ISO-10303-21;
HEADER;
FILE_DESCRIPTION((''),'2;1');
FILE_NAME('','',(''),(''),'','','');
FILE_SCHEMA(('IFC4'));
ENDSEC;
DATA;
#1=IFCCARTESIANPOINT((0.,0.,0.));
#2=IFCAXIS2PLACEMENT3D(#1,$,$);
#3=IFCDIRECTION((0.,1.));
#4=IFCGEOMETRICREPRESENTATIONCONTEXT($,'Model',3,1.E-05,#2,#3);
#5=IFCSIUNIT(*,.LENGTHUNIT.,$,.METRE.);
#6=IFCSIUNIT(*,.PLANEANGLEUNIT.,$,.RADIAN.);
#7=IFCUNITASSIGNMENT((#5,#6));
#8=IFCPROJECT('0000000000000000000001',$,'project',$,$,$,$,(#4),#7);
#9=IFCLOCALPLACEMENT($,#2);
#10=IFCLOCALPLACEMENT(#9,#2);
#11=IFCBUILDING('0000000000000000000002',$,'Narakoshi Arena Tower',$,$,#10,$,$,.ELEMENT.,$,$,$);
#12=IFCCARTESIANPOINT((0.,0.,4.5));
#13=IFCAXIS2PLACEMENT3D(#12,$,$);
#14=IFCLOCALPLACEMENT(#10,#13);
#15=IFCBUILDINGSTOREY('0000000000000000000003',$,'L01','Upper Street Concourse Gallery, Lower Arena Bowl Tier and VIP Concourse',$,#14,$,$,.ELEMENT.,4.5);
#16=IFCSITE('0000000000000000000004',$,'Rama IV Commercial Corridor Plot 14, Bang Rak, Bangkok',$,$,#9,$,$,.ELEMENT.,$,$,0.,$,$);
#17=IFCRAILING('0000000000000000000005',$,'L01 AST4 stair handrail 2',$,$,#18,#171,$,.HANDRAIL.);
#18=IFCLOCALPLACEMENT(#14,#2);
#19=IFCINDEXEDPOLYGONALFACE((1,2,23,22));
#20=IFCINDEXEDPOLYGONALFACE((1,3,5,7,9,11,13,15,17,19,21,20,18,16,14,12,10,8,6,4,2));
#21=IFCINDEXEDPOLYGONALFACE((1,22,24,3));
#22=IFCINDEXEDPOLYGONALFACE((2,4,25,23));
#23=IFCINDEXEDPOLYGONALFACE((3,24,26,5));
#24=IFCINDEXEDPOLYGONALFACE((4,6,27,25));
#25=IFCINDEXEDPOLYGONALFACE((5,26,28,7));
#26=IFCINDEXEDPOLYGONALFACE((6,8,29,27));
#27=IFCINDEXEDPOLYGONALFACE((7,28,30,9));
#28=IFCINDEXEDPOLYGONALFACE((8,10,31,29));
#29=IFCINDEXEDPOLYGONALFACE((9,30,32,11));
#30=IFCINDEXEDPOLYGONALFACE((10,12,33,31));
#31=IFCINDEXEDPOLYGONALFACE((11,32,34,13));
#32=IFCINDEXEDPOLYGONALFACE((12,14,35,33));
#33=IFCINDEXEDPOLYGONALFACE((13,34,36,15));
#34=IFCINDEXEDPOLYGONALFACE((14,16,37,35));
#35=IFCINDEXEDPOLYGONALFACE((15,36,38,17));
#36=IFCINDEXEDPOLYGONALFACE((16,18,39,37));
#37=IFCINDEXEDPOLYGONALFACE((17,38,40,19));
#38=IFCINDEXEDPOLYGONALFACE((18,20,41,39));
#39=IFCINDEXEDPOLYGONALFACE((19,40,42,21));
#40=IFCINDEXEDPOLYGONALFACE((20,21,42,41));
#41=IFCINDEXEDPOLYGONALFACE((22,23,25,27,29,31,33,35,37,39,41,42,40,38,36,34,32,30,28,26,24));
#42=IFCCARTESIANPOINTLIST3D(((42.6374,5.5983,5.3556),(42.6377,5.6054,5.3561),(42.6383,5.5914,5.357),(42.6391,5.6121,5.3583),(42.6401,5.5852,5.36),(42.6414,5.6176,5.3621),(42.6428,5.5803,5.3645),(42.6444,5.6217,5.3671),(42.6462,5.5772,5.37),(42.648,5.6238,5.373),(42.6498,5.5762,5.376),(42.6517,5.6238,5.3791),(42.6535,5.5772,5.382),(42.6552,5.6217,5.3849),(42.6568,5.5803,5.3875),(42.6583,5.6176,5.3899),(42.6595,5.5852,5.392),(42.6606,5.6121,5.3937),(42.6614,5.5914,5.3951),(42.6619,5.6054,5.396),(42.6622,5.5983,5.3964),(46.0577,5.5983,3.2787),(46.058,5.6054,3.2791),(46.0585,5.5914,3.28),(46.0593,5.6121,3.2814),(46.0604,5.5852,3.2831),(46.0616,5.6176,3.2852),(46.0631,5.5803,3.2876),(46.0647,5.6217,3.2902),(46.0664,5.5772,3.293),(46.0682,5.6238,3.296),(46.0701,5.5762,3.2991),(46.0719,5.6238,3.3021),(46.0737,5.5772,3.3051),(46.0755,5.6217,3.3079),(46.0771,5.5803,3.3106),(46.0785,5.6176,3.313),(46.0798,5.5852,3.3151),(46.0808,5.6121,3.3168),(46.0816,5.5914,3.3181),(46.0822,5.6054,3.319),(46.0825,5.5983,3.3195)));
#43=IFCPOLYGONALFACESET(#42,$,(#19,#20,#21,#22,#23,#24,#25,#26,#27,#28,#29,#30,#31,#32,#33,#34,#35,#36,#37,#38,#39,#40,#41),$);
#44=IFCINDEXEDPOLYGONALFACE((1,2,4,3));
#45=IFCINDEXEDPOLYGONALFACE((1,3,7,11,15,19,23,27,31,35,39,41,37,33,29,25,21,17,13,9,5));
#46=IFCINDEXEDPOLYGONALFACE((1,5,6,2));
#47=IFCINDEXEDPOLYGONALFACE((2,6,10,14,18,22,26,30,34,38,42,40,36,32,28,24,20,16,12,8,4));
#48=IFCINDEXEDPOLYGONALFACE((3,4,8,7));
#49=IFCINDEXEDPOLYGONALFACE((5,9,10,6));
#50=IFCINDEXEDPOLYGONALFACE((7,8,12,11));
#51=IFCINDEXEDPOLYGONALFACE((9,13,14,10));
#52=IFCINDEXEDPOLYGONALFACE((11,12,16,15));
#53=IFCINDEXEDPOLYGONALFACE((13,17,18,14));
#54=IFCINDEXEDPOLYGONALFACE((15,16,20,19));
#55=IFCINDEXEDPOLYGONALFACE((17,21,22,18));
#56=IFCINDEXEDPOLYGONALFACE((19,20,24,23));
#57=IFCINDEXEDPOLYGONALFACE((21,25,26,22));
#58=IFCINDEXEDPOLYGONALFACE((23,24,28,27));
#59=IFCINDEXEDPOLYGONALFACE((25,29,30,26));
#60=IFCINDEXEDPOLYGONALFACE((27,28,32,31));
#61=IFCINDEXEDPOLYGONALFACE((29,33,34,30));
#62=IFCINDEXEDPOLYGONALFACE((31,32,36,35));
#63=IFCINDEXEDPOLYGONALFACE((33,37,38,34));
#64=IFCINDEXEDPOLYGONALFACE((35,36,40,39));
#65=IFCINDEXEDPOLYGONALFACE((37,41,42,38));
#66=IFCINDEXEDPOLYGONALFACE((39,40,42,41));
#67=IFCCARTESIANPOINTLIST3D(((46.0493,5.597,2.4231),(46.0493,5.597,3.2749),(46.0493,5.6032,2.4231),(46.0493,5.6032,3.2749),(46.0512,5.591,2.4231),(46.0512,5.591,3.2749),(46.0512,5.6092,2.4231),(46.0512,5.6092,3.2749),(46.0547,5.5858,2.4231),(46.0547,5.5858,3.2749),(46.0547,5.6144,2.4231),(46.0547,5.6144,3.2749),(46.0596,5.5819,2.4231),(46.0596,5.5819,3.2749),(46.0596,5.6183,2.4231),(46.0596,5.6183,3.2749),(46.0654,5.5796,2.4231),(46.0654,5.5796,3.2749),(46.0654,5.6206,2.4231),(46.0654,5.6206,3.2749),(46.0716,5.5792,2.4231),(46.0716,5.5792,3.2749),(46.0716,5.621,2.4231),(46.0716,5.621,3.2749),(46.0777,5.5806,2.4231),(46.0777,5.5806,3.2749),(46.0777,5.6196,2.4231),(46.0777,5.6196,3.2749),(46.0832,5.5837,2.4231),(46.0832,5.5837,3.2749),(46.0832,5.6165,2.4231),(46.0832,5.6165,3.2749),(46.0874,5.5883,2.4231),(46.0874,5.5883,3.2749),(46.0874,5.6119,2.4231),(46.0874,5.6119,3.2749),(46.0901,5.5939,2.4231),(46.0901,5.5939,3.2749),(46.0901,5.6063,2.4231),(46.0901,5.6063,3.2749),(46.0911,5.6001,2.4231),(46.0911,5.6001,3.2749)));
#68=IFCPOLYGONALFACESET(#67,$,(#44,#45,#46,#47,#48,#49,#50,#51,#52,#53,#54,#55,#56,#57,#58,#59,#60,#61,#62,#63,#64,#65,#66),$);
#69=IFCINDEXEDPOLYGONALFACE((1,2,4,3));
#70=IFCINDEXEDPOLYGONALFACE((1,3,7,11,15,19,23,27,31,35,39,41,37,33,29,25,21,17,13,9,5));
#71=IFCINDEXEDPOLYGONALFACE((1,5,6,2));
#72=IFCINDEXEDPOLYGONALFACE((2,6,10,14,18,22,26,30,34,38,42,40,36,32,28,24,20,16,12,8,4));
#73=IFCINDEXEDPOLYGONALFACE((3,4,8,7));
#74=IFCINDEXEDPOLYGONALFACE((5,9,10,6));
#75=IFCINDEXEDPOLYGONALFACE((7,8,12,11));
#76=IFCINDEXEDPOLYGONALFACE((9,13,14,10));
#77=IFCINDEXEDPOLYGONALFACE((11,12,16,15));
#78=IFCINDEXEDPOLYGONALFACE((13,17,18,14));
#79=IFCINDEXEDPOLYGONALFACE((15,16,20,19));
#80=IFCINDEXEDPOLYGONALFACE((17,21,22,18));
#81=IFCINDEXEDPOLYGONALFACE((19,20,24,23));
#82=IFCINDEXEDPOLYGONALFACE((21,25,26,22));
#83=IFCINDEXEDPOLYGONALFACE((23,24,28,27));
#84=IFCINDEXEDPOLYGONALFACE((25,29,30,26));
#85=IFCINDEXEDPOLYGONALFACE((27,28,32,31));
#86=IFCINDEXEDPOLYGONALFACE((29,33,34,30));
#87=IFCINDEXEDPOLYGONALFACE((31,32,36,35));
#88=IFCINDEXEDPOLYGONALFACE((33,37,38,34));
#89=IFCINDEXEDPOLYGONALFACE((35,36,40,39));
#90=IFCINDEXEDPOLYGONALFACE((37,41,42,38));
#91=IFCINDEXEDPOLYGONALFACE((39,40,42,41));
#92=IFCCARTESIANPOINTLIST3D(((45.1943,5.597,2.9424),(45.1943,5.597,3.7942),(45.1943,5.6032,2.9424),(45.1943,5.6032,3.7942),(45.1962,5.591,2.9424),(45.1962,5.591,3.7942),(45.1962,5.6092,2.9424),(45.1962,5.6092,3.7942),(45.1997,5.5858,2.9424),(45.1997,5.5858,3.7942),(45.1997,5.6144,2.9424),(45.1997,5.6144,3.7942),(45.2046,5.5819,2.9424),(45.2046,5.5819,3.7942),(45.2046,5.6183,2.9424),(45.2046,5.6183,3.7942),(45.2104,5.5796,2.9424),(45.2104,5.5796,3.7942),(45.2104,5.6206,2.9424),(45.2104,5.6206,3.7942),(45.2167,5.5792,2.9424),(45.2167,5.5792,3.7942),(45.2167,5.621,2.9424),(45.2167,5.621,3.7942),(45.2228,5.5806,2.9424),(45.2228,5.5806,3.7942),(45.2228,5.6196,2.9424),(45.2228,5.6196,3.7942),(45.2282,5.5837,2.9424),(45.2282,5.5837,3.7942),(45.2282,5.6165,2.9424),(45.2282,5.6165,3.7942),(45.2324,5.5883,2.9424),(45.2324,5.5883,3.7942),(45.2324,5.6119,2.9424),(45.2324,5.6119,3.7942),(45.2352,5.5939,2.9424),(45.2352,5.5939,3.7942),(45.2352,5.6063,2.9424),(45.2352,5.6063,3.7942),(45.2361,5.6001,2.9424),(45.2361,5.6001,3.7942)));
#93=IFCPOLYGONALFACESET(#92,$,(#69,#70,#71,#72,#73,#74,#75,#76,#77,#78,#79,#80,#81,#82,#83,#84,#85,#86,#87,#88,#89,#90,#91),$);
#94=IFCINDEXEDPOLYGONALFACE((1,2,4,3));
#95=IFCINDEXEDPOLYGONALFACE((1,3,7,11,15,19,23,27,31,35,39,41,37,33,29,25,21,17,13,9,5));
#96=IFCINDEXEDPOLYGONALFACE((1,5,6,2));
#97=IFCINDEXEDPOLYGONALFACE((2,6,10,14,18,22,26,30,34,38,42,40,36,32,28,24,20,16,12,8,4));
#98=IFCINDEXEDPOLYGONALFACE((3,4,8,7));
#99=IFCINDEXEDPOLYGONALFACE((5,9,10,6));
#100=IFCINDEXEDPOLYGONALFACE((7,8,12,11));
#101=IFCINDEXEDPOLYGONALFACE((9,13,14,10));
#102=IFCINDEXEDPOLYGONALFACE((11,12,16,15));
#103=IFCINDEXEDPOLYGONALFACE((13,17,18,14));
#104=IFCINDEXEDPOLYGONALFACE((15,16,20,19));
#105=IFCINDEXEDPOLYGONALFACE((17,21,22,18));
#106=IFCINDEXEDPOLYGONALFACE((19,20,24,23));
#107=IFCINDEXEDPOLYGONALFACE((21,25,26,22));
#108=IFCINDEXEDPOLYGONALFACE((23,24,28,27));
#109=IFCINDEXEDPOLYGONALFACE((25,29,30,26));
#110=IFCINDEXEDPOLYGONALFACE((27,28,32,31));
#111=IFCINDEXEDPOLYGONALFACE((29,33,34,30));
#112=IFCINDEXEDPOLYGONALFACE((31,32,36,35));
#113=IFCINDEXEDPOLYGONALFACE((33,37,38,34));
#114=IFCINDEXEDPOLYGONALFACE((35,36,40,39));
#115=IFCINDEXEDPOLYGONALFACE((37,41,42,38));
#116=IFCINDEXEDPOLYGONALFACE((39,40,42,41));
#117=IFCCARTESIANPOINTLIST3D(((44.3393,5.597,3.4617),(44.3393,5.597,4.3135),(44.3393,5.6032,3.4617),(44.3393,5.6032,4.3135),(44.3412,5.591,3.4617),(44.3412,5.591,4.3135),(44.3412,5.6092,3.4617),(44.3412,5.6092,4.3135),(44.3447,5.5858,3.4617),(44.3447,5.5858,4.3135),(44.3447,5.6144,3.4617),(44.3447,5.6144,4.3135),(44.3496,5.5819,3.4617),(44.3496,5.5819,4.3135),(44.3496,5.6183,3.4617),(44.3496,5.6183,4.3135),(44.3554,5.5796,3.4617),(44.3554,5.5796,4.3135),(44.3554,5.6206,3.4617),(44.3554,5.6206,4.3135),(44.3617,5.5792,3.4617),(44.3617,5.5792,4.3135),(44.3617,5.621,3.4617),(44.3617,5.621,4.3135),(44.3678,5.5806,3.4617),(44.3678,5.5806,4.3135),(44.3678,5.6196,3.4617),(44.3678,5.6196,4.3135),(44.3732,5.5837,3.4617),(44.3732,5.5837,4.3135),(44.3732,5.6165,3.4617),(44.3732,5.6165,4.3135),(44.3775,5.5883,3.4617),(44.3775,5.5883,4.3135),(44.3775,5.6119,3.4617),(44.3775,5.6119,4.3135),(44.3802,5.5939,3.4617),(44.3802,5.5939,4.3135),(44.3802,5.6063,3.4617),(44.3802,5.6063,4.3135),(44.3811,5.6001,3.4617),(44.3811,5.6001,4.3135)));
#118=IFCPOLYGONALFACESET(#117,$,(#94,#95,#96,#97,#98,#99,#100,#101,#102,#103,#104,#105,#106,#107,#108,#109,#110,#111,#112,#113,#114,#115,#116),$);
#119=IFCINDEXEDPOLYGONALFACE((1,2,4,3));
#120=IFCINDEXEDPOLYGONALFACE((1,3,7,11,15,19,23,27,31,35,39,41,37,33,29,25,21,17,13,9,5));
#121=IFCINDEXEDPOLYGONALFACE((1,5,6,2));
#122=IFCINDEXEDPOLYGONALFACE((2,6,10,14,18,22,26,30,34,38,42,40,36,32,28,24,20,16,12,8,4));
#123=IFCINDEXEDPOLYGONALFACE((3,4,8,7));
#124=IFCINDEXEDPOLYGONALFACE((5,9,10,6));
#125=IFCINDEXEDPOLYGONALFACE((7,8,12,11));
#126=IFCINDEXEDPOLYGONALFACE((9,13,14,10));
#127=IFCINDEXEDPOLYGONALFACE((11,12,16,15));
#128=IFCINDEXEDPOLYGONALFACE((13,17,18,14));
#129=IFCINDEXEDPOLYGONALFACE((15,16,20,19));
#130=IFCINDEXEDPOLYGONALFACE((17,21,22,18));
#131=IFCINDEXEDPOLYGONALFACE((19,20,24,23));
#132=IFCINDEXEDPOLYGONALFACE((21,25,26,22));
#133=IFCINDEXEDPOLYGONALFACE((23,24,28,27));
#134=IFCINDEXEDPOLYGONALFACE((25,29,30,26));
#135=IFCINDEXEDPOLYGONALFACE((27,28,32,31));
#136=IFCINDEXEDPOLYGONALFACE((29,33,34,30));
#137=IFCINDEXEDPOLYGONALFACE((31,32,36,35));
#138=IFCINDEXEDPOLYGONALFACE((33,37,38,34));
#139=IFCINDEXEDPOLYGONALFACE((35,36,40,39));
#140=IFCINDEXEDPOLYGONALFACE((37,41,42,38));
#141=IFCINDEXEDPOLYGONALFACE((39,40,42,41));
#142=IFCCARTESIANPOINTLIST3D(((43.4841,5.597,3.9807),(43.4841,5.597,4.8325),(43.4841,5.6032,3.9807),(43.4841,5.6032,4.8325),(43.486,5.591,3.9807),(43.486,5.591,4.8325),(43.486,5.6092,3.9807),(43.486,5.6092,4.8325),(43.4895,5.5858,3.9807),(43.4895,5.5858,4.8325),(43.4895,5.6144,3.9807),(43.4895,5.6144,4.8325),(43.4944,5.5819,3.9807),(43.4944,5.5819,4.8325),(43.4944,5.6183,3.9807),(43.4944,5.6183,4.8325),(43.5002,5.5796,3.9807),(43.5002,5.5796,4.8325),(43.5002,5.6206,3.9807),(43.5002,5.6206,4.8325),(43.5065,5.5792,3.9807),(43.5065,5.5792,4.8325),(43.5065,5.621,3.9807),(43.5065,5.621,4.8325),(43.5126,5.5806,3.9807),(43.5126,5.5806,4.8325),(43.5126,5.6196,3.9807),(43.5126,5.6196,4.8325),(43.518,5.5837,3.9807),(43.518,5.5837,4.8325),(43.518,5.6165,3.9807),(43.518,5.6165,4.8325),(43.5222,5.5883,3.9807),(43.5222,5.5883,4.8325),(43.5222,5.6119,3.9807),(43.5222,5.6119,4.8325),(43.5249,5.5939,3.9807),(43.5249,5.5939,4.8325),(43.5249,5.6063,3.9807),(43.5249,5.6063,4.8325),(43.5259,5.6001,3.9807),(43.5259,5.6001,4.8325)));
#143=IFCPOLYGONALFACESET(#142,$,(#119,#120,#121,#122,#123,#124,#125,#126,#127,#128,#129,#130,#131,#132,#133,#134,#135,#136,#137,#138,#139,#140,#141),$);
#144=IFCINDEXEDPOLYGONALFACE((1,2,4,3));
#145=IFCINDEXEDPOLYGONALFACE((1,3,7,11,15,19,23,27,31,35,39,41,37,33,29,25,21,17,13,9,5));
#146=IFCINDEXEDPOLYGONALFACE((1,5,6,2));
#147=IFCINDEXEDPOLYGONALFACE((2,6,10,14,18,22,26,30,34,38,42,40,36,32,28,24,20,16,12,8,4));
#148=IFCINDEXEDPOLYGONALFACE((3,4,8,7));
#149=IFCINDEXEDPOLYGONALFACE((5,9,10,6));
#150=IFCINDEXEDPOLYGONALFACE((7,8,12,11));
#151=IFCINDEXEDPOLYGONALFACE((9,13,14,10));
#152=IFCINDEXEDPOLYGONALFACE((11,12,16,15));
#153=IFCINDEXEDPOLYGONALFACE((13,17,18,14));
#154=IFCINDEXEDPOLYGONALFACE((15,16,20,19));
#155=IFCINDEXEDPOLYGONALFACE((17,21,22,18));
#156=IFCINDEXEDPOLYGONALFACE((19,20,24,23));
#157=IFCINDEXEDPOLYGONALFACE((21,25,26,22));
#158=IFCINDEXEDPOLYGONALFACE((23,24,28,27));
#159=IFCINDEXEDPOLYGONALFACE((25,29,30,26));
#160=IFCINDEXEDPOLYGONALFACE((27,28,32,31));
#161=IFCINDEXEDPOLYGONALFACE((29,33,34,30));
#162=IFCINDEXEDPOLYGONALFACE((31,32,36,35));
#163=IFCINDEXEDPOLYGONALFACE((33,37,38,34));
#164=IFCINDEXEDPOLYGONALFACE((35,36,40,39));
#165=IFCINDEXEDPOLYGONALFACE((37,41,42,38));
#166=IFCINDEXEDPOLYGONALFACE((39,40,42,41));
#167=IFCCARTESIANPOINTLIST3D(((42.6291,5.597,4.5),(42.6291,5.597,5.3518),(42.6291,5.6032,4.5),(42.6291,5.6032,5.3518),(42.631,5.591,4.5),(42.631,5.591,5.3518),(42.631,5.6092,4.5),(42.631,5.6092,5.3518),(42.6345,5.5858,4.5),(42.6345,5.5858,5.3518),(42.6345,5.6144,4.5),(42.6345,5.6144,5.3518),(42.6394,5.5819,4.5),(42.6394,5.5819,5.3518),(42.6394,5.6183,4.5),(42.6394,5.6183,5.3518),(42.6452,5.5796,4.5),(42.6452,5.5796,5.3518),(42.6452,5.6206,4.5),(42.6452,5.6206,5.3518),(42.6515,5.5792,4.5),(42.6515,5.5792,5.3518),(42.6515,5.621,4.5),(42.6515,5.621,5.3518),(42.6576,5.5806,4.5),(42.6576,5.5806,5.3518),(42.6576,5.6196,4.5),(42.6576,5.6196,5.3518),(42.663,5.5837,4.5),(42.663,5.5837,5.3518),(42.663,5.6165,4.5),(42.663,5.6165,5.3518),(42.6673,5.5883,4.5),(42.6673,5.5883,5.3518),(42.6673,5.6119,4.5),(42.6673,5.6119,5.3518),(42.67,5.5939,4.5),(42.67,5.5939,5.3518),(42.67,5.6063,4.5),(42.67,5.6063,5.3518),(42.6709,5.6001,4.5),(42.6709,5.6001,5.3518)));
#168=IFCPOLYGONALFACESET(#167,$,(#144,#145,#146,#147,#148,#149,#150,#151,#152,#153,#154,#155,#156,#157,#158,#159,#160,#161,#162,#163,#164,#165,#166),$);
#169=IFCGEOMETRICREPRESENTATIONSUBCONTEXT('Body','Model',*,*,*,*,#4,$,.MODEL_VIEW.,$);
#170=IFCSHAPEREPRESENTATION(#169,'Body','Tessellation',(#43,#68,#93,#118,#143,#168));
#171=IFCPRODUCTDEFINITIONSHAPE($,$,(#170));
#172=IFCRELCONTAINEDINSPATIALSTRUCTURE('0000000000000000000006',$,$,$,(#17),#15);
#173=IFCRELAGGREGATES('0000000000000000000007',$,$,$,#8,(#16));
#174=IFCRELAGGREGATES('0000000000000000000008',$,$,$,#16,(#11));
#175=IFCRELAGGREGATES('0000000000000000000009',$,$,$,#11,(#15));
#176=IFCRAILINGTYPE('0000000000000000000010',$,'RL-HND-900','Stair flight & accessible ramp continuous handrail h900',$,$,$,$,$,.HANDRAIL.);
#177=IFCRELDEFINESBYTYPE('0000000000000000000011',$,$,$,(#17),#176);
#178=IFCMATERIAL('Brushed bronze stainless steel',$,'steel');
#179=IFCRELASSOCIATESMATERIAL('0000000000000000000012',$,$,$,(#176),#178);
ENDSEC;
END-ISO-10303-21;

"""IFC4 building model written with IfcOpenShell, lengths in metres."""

from ifc_helpers import new_model, si_unit, direction, frame, origin, origin_2d, place, context, subcontext, project, spatial, circle, extrude, material, type_object, element, save


model = new_model("IFC4")

# Units and contexts
model_context = context("Model", 3, precision=1e-05, world=origin(), true_north=direction((0.0, 1.0)))
body_context = subcontext(model_context, "Body", "Model", "MODEL_VIEW")
ifc_project = project(units=[si_unit("LENGTHUNIT", "METRE"), si_unit("PLANEANGLEUNIT", "RADIAN")], contexts=[model_context])

# Site, building, storey
site_placement = place(None, origin())
site = spatial("IfcSite", under=ifc_project, at=site_placement, Name="Rama IV Commercial Corridor Plot 14, Bang Rak, Bangkok", CompositionType="ELEMENT", RefElevation=0.0)
building_placement = place(site_placement, origin())
building = spatial("IfcBuilding", under=site, at=building_placement, Name="Narakoshi Arena Tower", CompositionType="ELEMENT")
storey_placement = place(building_placement, frame((0.0, 0.0, 4.5)))
storey = spatial("IfcBuildingStorey", under=building, at=storey_placement, Name="L01", Description="Upper Street Concourse Gallery, Lower Arena Bowl Tier and VIP Concourse", CompositionType="ELEMENT", Elevation=4.5)

# Railing
ifc_material_1 = material(Name="Brushed bronze stainless steel", Category="steel")
railing_type_1 = type_object("IfcRailingType", Name="RL-HND-900", Description="Stair flight & accessible ramp continuous handrail h900", PredefinedType="HANDRAIL", material=ifc_material_1)
railing_1_placement = place(storey_placement, frame((46.0701, 5.6001, 2.4231)))
element("IfcRailing", 1, at=railing_1_placement, inside=storey, type_object=railing_type_1, Name="L01 AST4 stair handrail 2", PredefinedType="HANDRAIL", context=body_context, shape_type="SweptSolid", body=[
    extrude(circle(Radius=0.0239, at=origin_2d()), frame((0.0, 0.0, 0.876), z_axis=(-0.854746, 0.0, 0.519047), x_axis=(0.0, -1.0, 0.0)), (0.0, 0.0, 1.0), 4.0015),
    extrude(circle(Radius=0.021, at=origin_2d()), origin(), (0.0, 0.0, 1.0), 0.8518),
    extrude(circle(Radius=0.021, at=origin_2d()), frame((-0.855, 0.0, 0.5193)), (0.0, 0.0, 1.0), 0.8518),
    extrude(circle(Radius=0.021, at=origin_2d()), frame((-1.71, 0.0, 1.0386)), (0.0, 0.0, 1.0), 0.8518),
    extrude(circle(Radius=0.021, at=origin_2d()), frame((-2.5652, 0.0, 1.5576)), (0.0, 0.0, 1.0), 0.8518),
    extrude(circle(Radius=0.021, at=origin_2d()), frame((-3.4202, 0.0, 2.0769)), (0.0, 0.0, 1.0), 0.8518),
])

save(model, "model.ifc")
